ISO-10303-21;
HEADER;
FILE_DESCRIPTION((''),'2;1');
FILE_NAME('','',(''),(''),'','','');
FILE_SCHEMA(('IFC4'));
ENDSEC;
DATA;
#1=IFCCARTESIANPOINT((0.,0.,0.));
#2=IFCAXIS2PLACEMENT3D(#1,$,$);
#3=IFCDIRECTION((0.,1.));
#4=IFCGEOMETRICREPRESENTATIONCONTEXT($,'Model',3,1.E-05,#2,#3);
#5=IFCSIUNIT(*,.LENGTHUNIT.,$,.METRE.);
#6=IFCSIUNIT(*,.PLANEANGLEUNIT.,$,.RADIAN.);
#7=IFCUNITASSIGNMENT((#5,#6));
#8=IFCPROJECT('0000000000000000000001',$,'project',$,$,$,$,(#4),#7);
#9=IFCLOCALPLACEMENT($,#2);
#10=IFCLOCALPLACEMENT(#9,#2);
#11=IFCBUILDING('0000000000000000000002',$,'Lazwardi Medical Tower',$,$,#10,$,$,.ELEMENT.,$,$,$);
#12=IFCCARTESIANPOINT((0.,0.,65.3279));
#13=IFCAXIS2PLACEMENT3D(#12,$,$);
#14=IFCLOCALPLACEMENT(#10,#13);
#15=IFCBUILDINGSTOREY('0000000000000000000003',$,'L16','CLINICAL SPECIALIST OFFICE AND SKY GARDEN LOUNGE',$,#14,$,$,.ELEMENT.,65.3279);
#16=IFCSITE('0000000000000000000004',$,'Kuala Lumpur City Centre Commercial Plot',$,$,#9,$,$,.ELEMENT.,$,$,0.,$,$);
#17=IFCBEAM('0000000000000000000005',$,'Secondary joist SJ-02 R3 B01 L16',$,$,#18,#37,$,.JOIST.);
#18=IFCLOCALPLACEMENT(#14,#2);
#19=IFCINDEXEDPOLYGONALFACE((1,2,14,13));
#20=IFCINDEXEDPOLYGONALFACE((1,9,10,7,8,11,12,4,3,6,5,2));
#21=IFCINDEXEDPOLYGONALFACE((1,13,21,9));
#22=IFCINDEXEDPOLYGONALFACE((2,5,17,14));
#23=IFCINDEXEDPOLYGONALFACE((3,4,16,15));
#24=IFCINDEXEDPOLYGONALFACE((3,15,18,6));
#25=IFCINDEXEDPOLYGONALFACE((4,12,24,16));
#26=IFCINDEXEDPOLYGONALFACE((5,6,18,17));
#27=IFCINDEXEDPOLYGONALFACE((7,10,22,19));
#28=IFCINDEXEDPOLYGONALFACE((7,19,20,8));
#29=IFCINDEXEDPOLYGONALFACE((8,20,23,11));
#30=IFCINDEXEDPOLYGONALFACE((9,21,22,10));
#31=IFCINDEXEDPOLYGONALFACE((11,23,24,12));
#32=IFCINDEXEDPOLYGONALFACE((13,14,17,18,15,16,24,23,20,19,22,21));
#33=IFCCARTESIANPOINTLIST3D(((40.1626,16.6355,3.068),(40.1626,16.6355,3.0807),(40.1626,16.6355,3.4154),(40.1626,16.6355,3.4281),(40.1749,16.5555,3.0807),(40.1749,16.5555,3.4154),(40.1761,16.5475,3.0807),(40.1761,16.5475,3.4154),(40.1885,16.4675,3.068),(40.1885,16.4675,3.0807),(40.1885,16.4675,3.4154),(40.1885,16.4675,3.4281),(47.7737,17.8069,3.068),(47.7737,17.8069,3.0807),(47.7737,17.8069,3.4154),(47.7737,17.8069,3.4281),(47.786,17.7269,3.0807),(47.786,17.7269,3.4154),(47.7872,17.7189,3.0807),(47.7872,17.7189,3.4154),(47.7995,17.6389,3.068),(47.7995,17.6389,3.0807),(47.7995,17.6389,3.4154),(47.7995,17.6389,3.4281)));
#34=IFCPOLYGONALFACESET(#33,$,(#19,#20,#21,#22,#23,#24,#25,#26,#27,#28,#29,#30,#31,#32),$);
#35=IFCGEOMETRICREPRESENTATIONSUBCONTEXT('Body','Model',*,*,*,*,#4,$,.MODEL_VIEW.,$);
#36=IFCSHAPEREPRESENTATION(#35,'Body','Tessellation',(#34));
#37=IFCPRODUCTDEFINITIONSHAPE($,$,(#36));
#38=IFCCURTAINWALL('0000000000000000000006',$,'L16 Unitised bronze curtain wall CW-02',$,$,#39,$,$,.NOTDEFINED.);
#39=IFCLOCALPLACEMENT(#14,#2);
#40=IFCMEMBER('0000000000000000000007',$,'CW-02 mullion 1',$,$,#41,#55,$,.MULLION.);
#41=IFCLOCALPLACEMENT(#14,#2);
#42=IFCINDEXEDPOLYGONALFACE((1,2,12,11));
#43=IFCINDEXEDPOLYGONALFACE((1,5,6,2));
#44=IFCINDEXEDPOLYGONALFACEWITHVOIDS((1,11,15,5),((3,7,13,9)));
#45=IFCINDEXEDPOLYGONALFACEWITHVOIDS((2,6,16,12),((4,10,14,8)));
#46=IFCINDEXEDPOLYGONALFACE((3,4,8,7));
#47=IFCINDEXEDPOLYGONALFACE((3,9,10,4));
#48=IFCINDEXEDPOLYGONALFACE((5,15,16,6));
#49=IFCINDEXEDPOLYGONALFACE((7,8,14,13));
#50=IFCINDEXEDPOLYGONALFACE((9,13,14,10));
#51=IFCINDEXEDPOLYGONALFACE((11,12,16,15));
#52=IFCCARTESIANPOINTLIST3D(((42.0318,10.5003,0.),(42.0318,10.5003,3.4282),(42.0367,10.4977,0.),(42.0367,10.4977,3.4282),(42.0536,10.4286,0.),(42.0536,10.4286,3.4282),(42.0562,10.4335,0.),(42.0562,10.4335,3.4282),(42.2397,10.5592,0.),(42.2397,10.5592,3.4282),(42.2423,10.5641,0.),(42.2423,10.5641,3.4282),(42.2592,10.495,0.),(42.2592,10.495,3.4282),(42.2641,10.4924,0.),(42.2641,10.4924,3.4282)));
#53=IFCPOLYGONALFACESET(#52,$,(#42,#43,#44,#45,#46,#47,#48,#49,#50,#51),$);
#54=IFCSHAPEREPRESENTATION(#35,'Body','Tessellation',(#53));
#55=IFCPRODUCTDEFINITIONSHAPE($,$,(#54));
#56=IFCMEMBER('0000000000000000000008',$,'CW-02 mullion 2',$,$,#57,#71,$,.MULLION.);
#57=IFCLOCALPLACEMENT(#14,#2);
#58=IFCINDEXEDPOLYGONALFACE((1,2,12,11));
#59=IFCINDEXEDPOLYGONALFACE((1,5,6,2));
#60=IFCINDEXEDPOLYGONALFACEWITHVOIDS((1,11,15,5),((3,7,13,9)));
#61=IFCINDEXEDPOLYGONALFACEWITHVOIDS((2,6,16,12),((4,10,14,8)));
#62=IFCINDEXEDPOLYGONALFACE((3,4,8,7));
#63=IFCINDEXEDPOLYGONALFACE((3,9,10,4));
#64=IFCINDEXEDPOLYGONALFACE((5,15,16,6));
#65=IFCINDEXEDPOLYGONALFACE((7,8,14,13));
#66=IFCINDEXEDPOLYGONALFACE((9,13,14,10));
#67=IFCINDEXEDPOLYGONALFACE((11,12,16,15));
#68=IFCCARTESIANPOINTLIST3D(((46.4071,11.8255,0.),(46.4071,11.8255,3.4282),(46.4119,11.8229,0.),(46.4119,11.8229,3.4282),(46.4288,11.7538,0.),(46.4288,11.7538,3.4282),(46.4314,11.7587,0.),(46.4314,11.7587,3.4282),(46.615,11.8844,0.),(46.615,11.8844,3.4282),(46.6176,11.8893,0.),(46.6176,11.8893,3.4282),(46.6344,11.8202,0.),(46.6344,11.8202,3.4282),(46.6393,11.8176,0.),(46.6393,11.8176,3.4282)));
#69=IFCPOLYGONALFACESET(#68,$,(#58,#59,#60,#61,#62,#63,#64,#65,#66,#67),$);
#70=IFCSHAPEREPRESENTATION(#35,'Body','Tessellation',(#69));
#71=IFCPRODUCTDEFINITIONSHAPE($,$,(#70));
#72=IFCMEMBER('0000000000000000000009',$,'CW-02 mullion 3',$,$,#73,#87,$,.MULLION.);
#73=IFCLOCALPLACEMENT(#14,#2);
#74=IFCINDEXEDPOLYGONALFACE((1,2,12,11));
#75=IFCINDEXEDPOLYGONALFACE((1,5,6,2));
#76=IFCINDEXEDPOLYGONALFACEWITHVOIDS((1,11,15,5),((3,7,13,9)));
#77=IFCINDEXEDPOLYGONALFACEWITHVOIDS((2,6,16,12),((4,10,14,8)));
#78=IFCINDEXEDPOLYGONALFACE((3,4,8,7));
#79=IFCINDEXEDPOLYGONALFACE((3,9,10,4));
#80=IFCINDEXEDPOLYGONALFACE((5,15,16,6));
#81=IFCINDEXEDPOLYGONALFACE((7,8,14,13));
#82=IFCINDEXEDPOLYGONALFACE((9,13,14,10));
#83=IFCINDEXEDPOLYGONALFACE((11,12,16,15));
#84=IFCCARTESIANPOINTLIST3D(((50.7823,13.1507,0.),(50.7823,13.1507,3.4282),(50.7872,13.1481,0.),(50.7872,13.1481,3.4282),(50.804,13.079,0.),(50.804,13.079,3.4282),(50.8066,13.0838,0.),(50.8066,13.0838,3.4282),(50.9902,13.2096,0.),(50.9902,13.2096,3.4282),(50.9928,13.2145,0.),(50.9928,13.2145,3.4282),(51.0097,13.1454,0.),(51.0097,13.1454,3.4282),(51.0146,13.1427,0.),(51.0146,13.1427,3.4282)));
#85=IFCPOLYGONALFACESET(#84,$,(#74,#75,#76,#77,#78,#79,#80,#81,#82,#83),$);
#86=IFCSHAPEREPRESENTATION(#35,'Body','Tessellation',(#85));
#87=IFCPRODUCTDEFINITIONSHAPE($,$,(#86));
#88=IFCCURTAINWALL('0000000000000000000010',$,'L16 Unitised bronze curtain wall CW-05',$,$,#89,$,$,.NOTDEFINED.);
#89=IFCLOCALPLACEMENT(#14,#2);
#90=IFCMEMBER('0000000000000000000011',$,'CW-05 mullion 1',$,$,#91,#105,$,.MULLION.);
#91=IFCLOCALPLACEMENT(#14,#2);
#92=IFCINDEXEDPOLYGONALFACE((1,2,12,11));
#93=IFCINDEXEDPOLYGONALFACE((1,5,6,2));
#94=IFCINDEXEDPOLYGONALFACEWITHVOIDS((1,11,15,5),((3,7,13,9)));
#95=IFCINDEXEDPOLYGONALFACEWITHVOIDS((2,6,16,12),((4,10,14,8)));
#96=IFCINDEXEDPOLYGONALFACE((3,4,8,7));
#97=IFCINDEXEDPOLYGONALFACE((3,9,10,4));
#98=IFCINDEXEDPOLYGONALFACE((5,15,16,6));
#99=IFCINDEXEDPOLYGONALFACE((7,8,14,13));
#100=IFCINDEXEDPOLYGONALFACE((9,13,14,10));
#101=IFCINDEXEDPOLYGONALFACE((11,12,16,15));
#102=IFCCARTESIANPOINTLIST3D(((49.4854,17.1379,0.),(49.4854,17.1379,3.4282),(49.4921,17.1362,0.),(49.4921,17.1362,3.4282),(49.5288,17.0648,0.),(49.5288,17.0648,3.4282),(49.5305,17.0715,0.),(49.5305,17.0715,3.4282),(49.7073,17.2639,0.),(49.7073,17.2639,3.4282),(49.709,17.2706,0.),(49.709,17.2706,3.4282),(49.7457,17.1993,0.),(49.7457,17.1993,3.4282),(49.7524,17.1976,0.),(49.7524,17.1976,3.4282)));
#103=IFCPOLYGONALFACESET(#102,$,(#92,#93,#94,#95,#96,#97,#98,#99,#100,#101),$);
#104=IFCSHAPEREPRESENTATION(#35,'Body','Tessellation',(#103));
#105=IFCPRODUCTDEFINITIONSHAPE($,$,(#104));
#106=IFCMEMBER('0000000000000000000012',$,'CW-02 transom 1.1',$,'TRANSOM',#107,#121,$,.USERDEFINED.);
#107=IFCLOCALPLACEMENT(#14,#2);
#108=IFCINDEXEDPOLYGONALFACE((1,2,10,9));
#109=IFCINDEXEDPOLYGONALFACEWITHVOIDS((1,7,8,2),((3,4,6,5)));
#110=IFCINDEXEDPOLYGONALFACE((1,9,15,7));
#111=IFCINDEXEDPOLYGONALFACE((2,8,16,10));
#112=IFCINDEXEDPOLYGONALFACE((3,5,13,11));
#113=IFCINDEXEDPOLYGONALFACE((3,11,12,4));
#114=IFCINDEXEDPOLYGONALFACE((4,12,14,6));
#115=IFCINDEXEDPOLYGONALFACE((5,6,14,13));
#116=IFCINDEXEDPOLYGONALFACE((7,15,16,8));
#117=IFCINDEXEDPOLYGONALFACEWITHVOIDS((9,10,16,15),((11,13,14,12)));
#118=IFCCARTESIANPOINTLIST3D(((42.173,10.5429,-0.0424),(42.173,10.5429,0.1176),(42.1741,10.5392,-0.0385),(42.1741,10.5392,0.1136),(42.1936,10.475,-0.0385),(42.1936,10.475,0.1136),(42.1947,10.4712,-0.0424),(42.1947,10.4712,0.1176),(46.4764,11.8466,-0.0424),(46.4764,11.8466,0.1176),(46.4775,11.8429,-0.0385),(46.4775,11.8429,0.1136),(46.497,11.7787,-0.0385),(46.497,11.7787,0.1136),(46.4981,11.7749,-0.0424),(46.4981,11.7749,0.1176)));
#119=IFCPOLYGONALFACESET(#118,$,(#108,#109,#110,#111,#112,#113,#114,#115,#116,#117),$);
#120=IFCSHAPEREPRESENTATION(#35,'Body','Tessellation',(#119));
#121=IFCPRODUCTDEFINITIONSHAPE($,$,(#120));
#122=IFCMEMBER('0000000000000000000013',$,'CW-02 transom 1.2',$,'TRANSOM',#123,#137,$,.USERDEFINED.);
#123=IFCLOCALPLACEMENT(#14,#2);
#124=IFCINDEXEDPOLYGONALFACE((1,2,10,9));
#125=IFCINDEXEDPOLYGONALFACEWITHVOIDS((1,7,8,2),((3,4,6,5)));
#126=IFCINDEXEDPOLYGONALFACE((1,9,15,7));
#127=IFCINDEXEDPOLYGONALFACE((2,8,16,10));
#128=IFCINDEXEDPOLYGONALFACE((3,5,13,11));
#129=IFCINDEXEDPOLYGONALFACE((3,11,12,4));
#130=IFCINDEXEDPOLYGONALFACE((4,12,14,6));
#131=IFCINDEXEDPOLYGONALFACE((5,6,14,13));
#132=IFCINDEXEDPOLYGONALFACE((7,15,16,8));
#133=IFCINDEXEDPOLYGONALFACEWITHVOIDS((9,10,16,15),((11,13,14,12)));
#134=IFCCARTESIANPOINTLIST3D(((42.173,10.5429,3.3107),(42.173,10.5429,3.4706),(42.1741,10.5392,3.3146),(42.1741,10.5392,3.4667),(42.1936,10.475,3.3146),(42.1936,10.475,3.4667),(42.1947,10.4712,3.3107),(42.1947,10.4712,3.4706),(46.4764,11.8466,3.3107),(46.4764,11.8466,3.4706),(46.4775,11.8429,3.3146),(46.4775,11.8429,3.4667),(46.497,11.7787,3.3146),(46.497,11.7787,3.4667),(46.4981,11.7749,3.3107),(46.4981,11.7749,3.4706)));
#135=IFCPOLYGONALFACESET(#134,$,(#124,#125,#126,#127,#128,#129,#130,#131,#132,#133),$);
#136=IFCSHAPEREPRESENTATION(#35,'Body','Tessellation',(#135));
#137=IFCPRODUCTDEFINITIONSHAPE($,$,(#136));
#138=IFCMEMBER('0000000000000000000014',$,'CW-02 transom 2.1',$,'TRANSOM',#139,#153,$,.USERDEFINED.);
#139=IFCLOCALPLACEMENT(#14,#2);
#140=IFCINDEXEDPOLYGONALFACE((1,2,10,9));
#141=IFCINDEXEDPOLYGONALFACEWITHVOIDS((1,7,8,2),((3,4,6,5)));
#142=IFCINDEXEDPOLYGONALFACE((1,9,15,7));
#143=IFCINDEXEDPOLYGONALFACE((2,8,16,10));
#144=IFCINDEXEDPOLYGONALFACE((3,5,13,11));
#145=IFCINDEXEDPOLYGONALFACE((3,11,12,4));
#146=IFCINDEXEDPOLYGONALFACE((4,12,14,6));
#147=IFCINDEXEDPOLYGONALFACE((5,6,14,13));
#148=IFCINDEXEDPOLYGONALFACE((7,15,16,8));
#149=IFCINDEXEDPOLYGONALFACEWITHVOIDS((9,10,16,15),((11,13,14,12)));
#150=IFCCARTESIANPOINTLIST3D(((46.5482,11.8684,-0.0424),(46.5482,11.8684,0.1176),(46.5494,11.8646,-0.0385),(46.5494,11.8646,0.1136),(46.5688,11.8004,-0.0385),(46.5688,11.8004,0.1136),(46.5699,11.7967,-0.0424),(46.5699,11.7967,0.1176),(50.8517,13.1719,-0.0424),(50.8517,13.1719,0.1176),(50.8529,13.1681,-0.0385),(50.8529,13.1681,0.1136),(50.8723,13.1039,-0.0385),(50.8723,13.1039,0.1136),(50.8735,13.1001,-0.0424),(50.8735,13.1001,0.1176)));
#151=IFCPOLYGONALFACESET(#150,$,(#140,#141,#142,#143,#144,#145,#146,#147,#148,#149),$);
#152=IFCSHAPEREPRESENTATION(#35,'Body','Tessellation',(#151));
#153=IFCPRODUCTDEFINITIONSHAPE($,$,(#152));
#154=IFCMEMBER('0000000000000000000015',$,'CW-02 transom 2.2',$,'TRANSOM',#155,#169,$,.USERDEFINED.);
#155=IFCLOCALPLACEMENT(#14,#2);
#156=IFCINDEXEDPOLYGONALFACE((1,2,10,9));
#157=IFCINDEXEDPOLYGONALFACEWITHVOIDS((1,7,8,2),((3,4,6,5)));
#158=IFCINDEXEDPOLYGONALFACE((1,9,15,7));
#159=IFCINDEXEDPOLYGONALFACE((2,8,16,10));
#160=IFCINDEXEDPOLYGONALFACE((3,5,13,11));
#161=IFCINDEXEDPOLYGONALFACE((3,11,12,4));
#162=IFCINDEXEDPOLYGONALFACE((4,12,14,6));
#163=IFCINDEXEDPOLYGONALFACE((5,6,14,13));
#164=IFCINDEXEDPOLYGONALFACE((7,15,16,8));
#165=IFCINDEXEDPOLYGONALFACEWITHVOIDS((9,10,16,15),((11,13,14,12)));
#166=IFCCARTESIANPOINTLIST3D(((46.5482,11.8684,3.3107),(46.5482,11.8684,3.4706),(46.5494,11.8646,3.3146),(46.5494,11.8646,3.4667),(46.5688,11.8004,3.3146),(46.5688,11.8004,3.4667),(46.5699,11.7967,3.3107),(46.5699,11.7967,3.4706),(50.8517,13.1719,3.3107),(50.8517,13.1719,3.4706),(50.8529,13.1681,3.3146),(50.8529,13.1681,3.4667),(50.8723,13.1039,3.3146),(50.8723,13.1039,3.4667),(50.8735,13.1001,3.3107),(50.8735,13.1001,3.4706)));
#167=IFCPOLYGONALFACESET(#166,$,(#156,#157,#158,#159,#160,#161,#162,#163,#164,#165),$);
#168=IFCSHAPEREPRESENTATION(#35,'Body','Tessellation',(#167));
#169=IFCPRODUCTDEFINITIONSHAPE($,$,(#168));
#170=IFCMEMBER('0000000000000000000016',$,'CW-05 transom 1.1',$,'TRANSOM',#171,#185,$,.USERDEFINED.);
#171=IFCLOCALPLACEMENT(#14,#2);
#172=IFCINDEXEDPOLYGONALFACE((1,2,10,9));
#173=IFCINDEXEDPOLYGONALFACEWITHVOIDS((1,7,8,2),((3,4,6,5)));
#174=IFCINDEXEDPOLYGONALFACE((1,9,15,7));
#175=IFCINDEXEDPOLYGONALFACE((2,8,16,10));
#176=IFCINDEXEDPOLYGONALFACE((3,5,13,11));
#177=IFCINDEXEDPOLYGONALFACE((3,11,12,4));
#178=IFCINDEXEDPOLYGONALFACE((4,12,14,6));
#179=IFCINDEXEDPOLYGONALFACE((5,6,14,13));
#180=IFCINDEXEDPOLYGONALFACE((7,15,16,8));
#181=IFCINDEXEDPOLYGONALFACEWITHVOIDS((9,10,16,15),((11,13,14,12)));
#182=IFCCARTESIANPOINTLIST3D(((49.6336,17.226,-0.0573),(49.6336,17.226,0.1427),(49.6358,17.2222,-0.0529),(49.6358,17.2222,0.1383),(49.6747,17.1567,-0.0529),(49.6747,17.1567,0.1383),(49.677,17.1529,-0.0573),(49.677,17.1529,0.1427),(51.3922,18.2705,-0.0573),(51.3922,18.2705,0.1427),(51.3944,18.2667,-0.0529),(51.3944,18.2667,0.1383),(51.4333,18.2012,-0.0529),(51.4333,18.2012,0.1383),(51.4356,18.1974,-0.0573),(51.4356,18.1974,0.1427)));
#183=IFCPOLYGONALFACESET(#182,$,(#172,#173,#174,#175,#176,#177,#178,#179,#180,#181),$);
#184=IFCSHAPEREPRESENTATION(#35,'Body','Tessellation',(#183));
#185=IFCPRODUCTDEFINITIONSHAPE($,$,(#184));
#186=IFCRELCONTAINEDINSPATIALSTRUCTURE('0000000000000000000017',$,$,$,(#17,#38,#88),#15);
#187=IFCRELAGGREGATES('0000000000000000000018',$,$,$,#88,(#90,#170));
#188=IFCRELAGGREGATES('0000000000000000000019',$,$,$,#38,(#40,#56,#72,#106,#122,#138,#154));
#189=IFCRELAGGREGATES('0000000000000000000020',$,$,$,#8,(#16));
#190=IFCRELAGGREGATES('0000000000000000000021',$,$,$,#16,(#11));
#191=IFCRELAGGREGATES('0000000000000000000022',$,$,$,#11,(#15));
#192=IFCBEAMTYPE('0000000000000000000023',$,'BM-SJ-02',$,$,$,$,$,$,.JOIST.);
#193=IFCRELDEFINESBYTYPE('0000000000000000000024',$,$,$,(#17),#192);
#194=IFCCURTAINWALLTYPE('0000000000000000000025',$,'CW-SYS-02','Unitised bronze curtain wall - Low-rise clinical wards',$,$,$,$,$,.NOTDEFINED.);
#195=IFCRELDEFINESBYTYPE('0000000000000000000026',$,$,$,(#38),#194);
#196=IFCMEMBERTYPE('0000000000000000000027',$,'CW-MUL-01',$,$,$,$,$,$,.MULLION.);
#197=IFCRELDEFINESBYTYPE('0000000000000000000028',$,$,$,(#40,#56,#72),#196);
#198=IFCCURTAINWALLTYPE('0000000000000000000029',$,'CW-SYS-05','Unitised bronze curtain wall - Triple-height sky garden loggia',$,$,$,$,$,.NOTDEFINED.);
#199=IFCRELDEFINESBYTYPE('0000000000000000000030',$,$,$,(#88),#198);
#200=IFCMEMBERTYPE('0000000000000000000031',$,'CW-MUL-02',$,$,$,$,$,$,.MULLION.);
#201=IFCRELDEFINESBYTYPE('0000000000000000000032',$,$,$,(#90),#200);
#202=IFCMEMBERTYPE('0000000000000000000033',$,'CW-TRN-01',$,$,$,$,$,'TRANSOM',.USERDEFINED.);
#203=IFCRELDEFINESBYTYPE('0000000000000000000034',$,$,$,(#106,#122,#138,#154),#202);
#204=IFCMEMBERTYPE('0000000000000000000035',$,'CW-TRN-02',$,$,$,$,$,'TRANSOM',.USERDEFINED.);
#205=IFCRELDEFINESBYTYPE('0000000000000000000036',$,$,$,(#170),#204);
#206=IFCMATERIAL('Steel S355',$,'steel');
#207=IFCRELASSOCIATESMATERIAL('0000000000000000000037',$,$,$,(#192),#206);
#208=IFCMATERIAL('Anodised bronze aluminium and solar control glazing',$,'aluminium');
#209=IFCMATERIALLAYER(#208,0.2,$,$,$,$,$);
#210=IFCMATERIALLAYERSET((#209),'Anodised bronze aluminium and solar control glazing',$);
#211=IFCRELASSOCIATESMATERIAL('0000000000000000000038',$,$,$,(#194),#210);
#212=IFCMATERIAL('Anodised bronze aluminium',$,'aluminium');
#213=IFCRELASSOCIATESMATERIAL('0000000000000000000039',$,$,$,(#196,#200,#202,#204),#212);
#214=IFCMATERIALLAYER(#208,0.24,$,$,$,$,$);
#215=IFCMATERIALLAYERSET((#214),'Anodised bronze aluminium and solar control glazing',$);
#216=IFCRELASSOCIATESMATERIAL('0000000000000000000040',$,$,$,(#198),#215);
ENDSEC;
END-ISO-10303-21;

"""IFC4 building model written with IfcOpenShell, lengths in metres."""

from ifc_helpers import new_model, si_unit, direction, frame, origin, origin_2d, place, context, subcontext, project, spatial, hollow_rectangle, i_section, extrude, material, layer, layer_set, material_profile, profile_set, type_object, element, aggregate, save


model = new_model("IFC4")

# Units and contexts
model_context = context("Model", 3, precision=1e-05, world=origin(), true_north=direction((0.0, 1.0)))
body_context = subcontext(model_context, "Body", "Model", "MODEL_VIEW")
ifc_project = project(units=[si_unit("LENGTHUNIT", "METRE"), si_unit("PLANEANGLEUNIT", "RADIAN")], contexts=[model_context])

# Site, building, storey
site_placement = place(None, origin())
site = spatial("IfcSite", under=ifc_project, at=site_placement, Name="Kuala Lumpur City Centre Commercial Plot", CompositionType="ELEMENT", RefElevation=0.0)
building_placement = place(site_placement, origin())
building = spatial("IfcBuilding", under=site, at=building_placement, Name="Lazwardi Medical Tower", CompositionType="ELEMENT")
storey_placement = place(building_placement, frame((0.0, 0.0, 65.3279)))
storey = spatial("IfcBuildingStorey", under=building, at=storey_placement, Name="L16", Description="CLINICAL SPECIALIST OFFICE AND SKY GARDEN LOUNGE", CompositionType="ELEMENT", Elevation=65.3279)

# Beam
ifc_material_1 = material(Name="Steel S355", Category="steel")
ifc_material_profile_1 = material_profile(ifc_material_1, i_section(OverallWidth=0.1699, OverallDepth=0.3601, WebThickness=0.0081, FlangeThickness=0.0127, at=origin_2d()), Name="IPE 360")
ifc_profile_set_1 = profile_set([ifc_material_profile_1], Name="Steel S355")
beam_type_1 = type_object("IfcBeamType", Name="BM-SJ-02", PredefinedType="JOIST", material=ifc_profile_set_1)
beam_1_placement = place(storey_placement, frame((40.1755, 16.5515, 3.248), z_axis=(0.988363, 0.152114, 0.0), x_axis=(-0.152114, 0.988363, 0.0)))
element("IfcBeam", 1, at=beam_1_placement, inside=storey, type_object=beam_type_1, Name="Secondary joist SJ-02 R3 B01 L16", PredefinedType="JOIST", context=body_context, shape_type="SweptSolid", body=[
    extrude(i_section(OverallWidth=0.1699, OverallDepth=0.3601, WebThickness=0.0081, FlangeThickness=0.0127, at=origin_2d()), origin(), (0.0, 0.0, 1.0), 7.7007),
])

# Curtain wall, members
ifc_material_2 = material(Name="Anodised bronze aluminium and solar control glazing", Category="aluminium")
ifc_layer_1 = layer(ifc_material_2, 0.2)
ifc_layer_set_1 = layer_set([ifc_layer_1], Name="Anodised bronze aluminium and solar control glazing")
curtain_wall_type_1 = type_object("IfcCurtainWallType", Name="CW-SYS-02", Description="Unitised bronze curtain wall - Low-rise clinical wards", PredefinedType="NOTDEFINED", material=ifc_layer_set_1)
curtain_wall_1_placement = place(storey_placement, origin())
curtain_wall_1 = element("IfcCurtainWall", 2, at=curtain_wall_1_placement, inside=storey, type_object=curtain_wall_type_1, Name="L16 Unitised bronze curtain wall CW-02", PredefinedType="NOTDEFINED")
ifc_material_3 = material(Name="Anodised bronze aluminium", Category="aluminium")
ifc_material_profile_2 = material_profile(ifc_material_3, hollow_rectangle(XDim=0.075, YDim=0.22, WallThickness=0.0039, at=origin_2d()), Name="ALU-MULLION 220x75x4")
ifc_profile_set_2 = profile_set([ifc_material_profile_2], Name="Anodised bronze aluminium")
member_type_1 = type_object("IfcMemberType", Name="CW-MUL-01", PredefinedType="MULLION", material=ifc_profile_set_2)
member_1_placement = place(storey_placement, frame((42.1479, 10.4963, 0.0), z_axis=(0.0, 0.0, 1.0), x_axis=(-0.289896, 0.957058, 0.0)))
member_1 = element("IfcMember", 3, at=member_1_placement, type_object=member_type_1, Name="CW-02 mullion 1", PredefinedType="MULLION", context=body_context, shape_type="SweptSolid", body=[
    extrude(hollow_rectangle(XDim=0.075, YDim=0.22, WallThickness=0.0039, at=origin_2d()), origin(), (0.0, 0.0, 1.0), 3.4282),
])
member_2_placement = place(storey_placement, frame((46.5232, 11.8215, 0.0), z_axis=(0.0, 0.0, 1.0), x_axis=(-0.289896, 0.957058, 0.0)))
member_2 = element("IfcMember", 4, at=member_2_placement, type_object=member_type_1, Name="CW-02 mullion 2", PredefinedType="MULLION", context=body_context, shape_type="SweptSolid", body=[
    extrude(hollow_rectangle(XDim=0.075, YDim=0.22, WallThickness=0.0039, at=origin_2d()), origin(), (0.0, 0.0, 1.0), 3.4282),
])
member_3_placement = place(storey_placement, frame((50.8984, 13.1467, 0.0), z_axis=(0.0, 0.0, 1.0), x_axis=(-0.289896, 0.957058, 0.0)))
member_3 = element("IfcMember", 5, at=member_3_placement, type_object=member_type_1, Name="CW-02 mullion 3", PredefinedType="MULLION", context=body_context, shape_type="SweptSolid", body=[
    extrude(hollow_rectangle(XDim=0.075, YDim=0.22, WallThickness=0.0039, at=origin_2d()), origin(), (0.0, 0.0, 1.0), 3.4282),
])

# Curtain wall, member
ifc_layer_2 = layer(ifc_material_2, 0.24)
ifc_layer_set_2 = layer_set([ifc_layer_2], Name="Anodised bronze aluminium and solar control glazing")
curtain_wall_type_2 = type_object("IfcCurtainWallType", Name="CW-SYS-05", Description="Unitised bronze curtain wall - Triple-height sky garden loggia", PredefinedType="NOTDEFINED", material=ifc_layer_set_2)
curtain_wall_2_placement = place(storey_placement, origin())
curtain_wall_2 = element("IfcCurtainWall", 6, at=curtain_wall_2_placement, inside=storey, type_object=curtain_wall_type_2, Name="L16 Unitised bronze curtain wall CW-05", PredefinedType="NOTDEFINED")
ifc_material_profile_3 = material_profile(ifc_material_3, hollow_rectangle(XDim=0.085, YDim=0.26, WallThickness=0.0049, at=origin_2d()), Name="ALU-MULLION 260x85x5")
ifc_profile_set_3 = profile_set([ifc_material_profile_3], Name="Anodised bronze aluminium")
member_type_2 = type_object("IfcMemberType", Name="CW-MUL-02", PredefinedType="MULLION", material=ifc_profile_set_3)
member_4_placement = place(storey_placement, frame((49.6189, 17.1677, 0.0), z_axis=(0.0, 0.0, 1.0), x_axis=(-0.51068, 0.859771, 0.0)))
member_4 = element("IfcMember", 7, at=member_4_placement, type_object=member_type_2, Name="CW-05 mullion 1", PredefinedType="MULLION", context=body_context, shape_type="SweptSolid", body=[
    extrude(hollow_rectangle(XDim=0.085, YDim=0.26, WallThickness=0.0049, at=origin_2d()), origin(), (0.0, 0.0, 1.0), 3.4282),
])

# Members
ifc_material_profile_4 = material_profile(ifc_material_3, hollow_rectangle(XDim=0.075, YDim=0.1599, WallThickness=0.0039, at=origin_2d()), Name="ALU-TRANSOM 160x75x4")
ifc_profile_set_4 = profile_set([ifc_material_profile_4], Name="Anodised bronze aluminium")
member_type_3 = type_object("IfcMemberType", Name="CW-TRN-01", ElementType="TRANSOM", PredefinedType="USERDEFINED", material=ifc_profile_set_4)
member_5_placement = place(storey_placement, frame((42.1838, 10.5071, 0.0376), z_axis=(0.957047, 0.289932, 0.0), x_axis=(-0.289932, 0.957047, 0.0)))
member_5 = element("IfcMember", 8, at=member_5_placement, type_object=member_type_3, Name="CW-02 transom 1.1", ObjectType="TRANSOM", PredefinedType="USERDEFINED", context=body_context, shape_type="SweptSolid", body=[
    extrude(hollow_rectangle(XDim=0.075, YDim=0.1599, WallThickness=0.0039, at=origin_2d()), origin(), (0.0, 0.0, 1.0), 4.4966),
])
member_6_placement = place(storey_placement, frame((42.1838, 10.5071, 3.3906), z_axis=(0.957047, 0.289932, 0.0), x_axis=(-0.289932, 0.957047, 0.0)))
member_6 = element("IfcMember", 9, at=member_6_placement, type_object=member_type_3, Name="CW-02 transom 1.2", ObjectType="TRANSOM", PredefinedType="USERDEFINED", context=body_context, shape_type="SweptSolid", body=[
    extrude(hollow_rectangle(XDim=0.075, YDim=0.1599, WallThickness=0.0039, at=origin_2d()), origin(), (0.0, 0.0, 1.0), 4.4966),
])
member_7_placement = place(storey_placement, frame((46.5591, 11.8325, 0.0376), z_axis=(0.957062, 0.289882, 0.0), x_axis=(-0.289882, 0.957062, 0.0)))
member_7 = element("IfcMember", 10, at=member_7_placement, type_object=member_type_3, Name="CW-02 transom 2.1", ObjectType="TRANSOM", PredefinedType="USERDEFINED", context=body_context, shape_type="SweptSolid", body=[
    extrude(hollow_rectangle(XDim=0.075, YDim=0.1599, WallThickness=0.0039, at=origin_2d()), origin(), (0.0, 0.0, 1.0), 4.4966),
])
member_8_placement = place(storey_placement, frame((46.5591, 11.8325, 3.3906), z_axis=(0.957062, 0.289882, 0.0), x_axis=(-0.289882, 0.957062, 0.0)))
member_8 = element("IfcMember", 11, at=member_8_placement, type_object=member_type_3, Name="CW-02 transom 2.2", ObjectType="TRANSOM", PredefinedType="USERDEFINED", context=body_context, shape_type="SweptSolid", body=[
    extrude(hollow_rectangle(XDim=0.075, YDim=0.1599, WallThickness=0.0039, at=origin_2d()), origin(), (0.0, 0.0, 1.0), 4.4966),
])
ifc_material_profile_5 = material_profile(ifc_material_3, hollow_rectangle(XDim=0.085, YDim=0.2, WallThickness=0.0044, at=origin_2d()), Name="ALU-TRANSOM 200x85x4.5")
ifc_profile_set_5 = profile_set([ifc_material_profile_5], Name="Anodised bronze aluminium")
member_type_4 = type_object("IfcMemberType", Name="CW-TRN-02", ElementType="TRANSOM", PredefinedType="USERDEFINED", material=ifc_profile_set_5)
member_9_placement = place(storey_placement, frame((49.6553, 17.1895, 0.0427), z_axis=(0.859791, 0.510646, 0.0), x_axis=(-0.510646, 0.859791, 0.0)))
member_9 = element("IfcMember", 12, at=member_9_placement, type_object=member_type_4, Name="CW-05 transom 1.1", ObjectType="TRANSOM", PredefinedType="USERDEFINED", context=body_context, shape_type="SweptSolid", body=[
    extrude(hollow_rectangle(XDim=0.085, YDim=0.2, WallThickness=0.0044, at=origin_2d()), origin(), (0.0, 0.0, 1.0), 2.0454),
])
aggregate(curtain_wall_2, [member_4, member_9])

aggregate(curtain_wall_1, [member_1, member_2, member_3, member_5, member_6, member_7, member_8])

save(model, "model.ifc")
